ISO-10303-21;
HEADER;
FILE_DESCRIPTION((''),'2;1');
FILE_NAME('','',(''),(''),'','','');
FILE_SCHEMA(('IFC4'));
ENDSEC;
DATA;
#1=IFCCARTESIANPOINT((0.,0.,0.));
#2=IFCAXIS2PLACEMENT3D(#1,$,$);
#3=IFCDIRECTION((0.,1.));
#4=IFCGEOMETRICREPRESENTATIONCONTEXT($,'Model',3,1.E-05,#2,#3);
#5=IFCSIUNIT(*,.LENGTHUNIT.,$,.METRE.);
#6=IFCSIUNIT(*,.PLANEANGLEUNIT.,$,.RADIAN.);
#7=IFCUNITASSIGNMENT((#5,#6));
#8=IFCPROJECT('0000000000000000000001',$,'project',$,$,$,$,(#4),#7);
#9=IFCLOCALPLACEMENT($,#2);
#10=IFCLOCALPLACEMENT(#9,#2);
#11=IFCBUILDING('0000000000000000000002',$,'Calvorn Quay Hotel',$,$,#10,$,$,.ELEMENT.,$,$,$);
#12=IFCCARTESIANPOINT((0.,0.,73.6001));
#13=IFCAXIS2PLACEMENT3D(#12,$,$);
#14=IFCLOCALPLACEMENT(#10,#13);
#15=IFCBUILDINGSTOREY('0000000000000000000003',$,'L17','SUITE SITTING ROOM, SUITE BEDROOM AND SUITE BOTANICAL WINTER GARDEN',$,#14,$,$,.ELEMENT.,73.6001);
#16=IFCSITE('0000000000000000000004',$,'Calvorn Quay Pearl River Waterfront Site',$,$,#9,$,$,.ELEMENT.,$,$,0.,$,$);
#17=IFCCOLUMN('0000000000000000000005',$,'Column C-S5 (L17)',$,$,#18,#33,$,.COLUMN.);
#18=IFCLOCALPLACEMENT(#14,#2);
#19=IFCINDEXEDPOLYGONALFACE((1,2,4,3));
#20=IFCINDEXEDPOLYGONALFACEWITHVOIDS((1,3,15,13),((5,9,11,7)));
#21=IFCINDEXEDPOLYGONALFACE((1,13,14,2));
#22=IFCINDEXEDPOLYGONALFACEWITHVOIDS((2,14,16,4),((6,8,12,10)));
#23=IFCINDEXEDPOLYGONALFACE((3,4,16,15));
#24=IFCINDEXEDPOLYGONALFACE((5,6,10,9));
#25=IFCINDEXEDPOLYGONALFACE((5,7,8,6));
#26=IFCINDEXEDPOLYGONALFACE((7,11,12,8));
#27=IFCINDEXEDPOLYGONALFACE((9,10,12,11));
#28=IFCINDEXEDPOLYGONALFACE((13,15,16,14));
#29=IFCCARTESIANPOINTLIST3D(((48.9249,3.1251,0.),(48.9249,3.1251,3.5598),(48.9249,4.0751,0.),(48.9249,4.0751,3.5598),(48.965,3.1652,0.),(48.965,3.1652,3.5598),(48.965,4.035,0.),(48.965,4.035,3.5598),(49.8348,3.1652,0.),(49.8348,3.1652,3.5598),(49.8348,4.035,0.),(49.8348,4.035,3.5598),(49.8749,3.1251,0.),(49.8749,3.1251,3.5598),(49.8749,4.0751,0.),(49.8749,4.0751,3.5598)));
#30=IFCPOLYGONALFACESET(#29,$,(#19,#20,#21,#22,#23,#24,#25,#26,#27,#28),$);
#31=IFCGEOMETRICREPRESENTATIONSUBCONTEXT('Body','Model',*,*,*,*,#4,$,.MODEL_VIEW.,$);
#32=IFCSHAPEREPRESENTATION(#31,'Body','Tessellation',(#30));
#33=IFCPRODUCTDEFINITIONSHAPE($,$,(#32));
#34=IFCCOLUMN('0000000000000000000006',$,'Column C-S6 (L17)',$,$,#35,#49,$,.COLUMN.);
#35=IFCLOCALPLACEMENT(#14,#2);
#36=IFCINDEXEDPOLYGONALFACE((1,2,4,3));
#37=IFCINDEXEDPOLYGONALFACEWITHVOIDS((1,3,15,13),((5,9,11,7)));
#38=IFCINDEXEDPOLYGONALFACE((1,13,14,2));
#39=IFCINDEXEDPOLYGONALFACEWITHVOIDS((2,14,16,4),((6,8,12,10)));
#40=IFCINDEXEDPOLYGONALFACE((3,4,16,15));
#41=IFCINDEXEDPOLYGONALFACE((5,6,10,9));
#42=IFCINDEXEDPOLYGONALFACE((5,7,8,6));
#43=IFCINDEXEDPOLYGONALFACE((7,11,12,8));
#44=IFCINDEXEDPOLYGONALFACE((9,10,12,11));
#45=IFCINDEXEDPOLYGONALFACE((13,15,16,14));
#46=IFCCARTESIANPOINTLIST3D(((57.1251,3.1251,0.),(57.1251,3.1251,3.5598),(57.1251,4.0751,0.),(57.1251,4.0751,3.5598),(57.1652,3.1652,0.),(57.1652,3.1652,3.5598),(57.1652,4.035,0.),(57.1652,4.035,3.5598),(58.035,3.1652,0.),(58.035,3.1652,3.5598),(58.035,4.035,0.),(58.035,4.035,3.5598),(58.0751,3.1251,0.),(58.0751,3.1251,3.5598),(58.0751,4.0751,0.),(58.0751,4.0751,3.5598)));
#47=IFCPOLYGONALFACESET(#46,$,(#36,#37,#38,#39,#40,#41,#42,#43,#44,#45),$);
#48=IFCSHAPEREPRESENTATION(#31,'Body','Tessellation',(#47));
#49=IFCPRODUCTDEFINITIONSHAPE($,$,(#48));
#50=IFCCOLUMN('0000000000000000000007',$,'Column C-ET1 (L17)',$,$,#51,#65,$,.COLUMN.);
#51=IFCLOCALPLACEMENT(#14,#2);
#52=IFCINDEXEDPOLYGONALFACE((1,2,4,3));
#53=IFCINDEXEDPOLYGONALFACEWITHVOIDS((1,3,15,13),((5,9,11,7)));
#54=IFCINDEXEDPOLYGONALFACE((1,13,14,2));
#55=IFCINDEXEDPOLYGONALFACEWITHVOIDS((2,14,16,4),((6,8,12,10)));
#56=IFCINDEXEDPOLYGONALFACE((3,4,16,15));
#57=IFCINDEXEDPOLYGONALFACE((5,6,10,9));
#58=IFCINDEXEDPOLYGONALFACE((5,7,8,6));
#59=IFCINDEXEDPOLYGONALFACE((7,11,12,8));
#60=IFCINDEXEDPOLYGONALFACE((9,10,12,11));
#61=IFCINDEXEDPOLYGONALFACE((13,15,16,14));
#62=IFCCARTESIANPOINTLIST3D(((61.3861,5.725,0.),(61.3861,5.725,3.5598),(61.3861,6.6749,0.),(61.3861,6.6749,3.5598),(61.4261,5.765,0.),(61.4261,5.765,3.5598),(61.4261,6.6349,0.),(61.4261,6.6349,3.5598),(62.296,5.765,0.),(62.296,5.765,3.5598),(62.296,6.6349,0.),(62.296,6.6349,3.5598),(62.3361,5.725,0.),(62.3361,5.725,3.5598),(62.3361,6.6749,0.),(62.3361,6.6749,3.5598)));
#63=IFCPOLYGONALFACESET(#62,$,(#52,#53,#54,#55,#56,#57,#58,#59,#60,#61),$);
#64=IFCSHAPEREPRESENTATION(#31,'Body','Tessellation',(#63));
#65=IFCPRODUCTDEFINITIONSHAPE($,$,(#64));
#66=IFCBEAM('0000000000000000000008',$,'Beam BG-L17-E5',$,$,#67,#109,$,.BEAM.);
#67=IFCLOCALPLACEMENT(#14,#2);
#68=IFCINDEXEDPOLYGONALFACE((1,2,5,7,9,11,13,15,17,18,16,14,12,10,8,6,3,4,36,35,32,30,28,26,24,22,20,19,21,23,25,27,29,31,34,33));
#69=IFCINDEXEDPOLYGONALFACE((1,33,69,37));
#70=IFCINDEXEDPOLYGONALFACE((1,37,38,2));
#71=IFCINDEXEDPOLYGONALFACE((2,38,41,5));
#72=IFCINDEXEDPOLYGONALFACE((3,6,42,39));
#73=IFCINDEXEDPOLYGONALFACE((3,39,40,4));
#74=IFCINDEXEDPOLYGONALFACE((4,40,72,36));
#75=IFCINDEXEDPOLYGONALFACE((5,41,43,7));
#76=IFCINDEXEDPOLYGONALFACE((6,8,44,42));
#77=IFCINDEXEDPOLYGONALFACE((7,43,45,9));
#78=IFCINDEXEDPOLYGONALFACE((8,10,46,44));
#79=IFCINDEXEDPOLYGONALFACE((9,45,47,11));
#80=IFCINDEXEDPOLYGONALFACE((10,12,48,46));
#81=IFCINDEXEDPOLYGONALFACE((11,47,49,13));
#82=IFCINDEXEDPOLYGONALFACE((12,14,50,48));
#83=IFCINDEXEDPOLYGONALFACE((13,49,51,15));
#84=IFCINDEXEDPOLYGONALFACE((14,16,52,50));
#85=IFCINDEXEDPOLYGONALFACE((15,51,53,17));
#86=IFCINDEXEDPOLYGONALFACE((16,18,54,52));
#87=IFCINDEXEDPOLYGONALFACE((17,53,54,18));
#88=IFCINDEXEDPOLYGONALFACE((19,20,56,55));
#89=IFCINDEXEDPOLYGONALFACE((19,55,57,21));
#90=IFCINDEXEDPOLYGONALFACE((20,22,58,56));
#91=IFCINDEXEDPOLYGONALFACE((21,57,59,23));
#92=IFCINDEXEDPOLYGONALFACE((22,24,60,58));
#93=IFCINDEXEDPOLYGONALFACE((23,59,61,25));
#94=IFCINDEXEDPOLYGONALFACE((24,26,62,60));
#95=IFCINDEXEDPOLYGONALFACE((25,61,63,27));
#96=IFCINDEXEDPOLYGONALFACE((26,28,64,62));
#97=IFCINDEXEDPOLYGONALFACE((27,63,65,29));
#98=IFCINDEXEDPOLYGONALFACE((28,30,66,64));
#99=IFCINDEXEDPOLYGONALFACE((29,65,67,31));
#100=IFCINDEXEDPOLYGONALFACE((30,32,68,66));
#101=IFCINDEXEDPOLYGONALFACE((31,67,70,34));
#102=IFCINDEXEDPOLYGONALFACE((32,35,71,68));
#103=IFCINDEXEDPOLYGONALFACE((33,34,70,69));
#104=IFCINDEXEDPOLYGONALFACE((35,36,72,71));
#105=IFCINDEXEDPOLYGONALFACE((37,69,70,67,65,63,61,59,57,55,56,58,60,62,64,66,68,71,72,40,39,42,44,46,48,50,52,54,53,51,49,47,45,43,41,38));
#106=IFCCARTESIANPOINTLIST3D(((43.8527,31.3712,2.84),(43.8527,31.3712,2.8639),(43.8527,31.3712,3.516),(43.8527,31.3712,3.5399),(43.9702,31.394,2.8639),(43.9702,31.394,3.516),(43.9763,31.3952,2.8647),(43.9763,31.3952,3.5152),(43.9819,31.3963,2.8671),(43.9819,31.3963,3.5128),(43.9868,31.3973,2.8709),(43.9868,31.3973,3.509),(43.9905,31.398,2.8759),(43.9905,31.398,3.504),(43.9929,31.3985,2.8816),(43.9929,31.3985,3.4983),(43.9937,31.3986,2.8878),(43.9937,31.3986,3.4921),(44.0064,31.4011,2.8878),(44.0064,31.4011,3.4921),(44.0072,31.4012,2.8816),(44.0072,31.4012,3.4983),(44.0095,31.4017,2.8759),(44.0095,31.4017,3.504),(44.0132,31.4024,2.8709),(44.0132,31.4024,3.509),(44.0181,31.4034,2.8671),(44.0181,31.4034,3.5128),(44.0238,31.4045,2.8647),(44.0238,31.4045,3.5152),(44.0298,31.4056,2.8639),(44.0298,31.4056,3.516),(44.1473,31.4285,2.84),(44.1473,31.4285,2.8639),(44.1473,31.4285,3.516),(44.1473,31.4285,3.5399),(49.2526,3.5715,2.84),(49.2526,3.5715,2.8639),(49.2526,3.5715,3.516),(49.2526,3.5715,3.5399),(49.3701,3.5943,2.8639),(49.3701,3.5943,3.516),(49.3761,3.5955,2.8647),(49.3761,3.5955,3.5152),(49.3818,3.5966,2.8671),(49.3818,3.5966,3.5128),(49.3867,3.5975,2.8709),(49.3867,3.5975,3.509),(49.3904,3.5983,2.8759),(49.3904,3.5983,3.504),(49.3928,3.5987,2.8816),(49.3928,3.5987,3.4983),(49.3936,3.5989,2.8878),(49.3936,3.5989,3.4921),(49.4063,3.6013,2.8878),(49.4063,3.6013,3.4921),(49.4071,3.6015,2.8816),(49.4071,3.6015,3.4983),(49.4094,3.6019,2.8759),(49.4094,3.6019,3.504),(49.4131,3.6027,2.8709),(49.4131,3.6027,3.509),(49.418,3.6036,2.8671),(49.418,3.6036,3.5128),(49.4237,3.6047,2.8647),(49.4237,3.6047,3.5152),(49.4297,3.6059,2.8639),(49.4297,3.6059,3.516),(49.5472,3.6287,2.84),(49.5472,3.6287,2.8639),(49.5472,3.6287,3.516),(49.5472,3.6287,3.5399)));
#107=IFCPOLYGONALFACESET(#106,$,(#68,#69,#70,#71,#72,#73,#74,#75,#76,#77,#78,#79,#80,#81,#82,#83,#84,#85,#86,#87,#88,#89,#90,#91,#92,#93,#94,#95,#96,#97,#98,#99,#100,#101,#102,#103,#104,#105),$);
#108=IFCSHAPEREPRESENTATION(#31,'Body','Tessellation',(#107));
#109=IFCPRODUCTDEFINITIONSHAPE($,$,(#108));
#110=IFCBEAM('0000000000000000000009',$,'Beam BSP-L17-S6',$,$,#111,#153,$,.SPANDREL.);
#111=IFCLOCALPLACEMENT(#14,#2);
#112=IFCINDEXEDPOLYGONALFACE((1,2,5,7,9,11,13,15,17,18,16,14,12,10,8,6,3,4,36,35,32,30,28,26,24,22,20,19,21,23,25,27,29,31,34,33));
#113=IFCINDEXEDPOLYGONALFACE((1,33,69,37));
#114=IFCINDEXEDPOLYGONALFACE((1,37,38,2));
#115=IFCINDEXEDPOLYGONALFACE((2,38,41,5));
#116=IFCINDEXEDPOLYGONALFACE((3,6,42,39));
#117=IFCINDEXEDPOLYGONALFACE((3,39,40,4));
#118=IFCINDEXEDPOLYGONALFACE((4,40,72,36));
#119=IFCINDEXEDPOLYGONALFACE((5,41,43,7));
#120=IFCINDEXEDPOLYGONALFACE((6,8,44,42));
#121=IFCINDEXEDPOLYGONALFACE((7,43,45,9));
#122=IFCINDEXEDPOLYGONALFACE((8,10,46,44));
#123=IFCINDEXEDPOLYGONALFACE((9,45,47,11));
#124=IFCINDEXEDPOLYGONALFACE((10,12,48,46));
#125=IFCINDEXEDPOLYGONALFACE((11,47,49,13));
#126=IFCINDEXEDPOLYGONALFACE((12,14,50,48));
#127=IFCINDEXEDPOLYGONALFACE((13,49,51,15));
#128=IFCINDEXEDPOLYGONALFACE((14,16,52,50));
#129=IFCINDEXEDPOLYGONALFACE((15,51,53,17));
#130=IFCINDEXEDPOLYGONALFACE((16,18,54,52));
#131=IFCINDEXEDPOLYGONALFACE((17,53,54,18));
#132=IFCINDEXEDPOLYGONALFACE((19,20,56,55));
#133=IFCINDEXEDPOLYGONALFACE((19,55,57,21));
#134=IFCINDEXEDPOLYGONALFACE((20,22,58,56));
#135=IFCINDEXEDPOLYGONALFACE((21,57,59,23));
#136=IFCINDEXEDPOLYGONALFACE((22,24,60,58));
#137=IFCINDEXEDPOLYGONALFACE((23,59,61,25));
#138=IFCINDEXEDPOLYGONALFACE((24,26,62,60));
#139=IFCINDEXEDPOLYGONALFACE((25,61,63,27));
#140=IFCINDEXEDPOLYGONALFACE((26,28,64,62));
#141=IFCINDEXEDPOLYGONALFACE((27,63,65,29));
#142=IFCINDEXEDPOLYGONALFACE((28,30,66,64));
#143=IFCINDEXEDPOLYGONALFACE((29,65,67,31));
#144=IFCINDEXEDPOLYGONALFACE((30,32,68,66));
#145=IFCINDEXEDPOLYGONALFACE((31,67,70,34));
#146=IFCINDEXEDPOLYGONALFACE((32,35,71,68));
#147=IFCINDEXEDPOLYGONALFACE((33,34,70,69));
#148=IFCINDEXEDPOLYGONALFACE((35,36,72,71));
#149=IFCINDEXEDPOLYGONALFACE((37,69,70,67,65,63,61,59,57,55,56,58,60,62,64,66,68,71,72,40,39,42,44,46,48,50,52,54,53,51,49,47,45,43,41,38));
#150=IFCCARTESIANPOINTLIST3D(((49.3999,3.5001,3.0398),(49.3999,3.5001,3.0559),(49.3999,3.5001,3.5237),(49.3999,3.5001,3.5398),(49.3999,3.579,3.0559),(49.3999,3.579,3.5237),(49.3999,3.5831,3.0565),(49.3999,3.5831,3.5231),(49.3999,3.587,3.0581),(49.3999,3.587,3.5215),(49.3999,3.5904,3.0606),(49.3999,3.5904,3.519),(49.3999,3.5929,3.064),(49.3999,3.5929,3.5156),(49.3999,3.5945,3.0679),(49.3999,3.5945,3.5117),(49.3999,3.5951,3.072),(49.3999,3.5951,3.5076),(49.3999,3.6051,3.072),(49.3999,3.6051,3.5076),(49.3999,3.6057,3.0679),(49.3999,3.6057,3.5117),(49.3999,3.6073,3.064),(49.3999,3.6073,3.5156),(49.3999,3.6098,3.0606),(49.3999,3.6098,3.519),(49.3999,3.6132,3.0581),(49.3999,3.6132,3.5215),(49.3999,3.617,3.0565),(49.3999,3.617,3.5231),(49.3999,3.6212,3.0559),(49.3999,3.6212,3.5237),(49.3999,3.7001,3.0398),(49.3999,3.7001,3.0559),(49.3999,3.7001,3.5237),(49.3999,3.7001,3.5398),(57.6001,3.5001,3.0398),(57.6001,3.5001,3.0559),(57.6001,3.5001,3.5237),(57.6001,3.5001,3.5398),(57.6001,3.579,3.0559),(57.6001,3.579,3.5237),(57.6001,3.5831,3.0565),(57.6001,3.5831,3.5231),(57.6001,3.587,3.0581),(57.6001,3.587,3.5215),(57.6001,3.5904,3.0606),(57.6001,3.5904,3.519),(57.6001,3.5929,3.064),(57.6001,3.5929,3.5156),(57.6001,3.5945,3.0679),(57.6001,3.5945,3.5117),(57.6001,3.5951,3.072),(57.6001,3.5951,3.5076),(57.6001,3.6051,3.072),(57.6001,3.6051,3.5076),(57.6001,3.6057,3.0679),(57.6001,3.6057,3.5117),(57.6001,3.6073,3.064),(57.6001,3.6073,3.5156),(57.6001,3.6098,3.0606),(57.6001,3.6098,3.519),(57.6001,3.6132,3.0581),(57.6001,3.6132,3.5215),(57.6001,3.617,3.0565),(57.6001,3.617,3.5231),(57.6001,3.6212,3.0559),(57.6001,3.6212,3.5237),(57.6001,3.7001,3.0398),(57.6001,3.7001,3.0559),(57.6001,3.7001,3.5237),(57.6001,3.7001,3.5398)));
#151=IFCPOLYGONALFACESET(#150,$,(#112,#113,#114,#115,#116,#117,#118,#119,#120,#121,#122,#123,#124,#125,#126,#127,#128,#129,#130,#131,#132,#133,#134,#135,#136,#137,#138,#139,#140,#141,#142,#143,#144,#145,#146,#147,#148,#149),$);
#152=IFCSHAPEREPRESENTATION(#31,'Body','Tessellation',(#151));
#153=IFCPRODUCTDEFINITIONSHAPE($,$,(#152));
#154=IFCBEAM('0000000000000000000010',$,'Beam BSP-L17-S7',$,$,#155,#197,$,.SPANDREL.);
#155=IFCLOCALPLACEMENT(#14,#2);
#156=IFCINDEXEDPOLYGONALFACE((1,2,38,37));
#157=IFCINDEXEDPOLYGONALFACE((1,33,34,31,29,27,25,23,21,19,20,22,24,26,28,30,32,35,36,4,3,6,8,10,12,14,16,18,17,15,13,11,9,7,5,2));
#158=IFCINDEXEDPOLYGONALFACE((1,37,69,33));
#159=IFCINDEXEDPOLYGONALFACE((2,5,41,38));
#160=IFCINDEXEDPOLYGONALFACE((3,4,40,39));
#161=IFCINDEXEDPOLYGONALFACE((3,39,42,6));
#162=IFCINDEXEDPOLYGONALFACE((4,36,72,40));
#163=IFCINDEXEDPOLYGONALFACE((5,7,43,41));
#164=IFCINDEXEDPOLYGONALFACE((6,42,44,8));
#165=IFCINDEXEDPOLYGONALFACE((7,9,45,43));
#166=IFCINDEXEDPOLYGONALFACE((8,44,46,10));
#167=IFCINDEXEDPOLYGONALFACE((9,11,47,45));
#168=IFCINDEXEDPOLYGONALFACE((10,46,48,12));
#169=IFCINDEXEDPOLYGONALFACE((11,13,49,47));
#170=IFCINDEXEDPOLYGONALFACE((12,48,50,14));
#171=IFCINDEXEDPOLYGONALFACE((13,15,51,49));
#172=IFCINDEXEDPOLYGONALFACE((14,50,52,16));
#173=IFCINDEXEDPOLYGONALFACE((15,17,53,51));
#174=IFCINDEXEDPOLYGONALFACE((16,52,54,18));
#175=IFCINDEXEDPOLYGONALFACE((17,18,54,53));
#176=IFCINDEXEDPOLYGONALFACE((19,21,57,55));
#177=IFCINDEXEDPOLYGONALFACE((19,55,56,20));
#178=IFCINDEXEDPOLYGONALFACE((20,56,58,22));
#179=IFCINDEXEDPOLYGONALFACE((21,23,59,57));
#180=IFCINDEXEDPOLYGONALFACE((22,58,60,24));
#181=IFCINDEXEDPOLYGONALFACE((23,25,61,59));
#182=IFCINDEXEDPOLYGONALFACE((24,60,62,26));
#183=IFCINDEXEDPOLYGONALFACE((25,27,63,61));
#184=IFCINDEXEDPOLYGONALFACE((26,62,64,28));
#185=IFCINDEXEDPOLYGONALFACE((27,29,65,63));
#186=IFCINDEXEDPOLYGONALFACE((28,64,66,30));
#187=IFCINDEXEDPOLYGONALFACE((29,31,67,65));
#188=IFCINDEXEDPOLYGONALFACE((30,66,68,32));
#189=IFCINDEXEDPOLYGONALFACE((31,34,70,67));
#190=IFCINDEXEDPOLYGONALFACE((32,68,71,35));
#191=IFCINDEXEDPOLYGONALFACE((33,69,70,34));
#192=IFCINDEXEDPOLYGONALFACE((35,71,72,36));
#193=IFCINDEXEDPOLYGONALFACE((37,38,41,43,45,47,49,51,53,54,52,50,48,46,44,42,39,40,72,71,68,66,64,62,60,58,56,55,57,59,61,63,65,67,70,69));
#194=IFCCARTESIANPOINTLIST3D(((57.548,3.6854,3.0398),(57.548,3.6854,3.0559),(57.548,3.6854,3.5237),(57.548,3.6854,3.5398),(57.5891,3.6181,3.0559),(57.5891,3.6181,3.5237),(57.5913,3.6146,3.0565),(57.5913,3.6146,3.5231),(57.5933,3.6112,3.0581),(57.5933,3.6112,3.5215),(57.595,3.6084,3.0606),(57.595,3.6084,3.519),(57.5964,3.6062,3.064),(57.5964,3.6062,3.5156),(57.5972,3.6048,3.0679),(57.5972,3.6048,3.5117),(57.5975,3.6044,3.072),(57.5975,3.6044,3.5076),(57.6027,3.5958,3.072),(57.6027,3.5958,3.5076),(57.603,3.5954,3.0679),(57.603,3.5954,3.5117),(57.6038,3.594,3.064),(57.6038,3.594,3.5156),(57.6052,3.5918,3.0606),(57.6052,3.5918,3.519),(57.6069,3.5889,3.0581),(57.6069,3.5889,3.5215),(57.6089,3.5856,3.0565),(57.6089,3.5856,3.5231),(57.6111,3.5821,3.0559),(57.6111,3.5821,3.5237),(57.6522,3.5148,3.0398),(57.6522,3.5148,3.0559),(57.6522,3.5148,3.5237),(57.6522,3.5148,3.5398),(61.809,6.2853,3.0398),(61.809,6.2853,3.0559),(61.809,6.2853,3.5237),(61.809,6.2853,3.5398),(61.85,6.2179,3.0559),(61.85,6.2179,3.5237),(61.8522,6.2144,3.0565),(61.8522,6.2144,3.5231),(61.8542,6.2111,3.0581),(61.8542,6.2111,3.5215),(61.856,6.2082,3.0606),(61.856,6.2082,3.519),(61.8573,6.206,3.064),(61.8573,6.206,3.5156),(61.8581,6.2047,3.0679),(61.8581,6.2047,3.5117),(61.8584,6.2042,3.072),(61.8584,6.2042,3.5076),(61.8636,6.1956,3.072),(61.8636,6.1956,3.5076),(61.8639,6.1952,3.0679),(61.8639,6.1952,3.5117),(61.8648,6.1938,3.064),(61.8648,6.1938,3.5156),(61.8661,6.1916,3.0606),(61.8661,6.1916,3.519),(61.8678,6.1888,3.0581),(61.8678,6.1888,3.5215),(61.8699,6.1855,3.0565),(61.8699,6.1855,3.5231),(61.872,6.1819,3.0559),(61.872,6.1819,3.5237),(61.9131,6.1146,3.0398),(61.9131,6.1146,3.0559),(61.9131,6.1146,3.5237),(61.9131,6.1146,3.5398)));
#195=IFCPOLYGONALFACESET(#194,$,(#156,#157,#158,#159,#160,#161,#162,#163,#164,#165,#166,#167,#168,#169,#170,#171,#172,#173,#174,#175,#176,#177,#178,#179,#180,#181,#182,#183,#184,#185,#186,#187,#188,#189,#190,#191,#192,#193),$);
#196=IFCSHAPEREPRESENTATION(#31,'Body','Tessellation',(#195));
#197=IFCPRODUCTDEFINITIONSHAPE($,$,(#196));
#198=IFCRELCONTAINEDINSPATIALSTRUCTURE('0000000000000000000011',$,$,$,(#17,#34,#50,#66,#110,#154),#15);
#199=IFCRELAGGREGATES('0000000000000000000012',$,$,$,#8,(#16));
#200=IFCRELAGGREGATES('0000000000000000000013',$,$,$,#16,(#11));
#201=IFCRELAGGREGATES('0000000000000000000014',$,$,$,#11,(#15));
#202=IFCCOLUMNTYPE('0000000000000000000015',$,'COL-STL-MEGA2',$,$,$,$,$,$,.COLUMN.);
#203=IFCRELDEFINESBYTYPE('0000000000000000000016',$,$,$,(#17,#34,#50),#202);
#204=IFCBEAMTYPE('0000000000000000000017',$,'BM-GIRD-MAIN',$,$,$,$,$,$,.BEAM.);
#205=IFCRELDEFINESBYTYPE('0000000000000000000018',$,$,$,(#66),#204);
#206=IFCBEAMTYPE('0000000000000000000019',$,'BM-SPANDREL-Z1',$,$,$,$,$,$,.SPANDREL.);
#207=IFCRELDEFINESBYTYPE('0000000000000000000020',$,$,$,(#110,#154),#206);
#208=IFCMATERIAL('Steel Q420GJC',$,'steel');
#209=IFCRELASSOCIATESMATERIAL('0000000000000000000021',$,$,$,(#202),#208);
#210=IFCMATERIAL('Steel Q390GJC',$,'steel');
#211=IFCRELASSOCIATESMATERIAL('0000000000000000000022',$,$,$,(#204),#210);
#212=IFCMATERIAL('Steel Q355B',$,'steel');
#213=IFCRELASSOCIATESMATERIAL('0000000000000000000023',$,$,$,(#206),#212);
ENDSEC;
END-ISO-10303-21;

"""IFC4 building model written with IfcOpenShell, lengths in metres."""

from ifc_helpers import new_model, si_unit, direction, frame, origin, origin_2d, place, context, subcontext, project, spatial, hollow_rectangle, i_section, extrude, material, material_profile, profile_set, type_object, element, save


model = new_model("IFC4")

# Units and contexts
model_context = context("Model", 3, precision=1e-05, world=origin(), true_north=direction((0.0, 1.0)))
body_context = subcontext(model_context, "Body", "Model", "MODEL_VIEW")
ifc_project = project(units=[si_unit("LENGTHUNIT", "METRE"), si_unit("PLANEANGLEUNIT", "RADIAN")], contexts=[model_context])

# Site, building, storey
site_placement = place(None, origin())
site = spatial("IfcSite", under=ifc_project, at=site_placement, Name="Calvorn Quay Pearl River Waterfront Site", CompositionType="ELEMENT", RefElevation=0.0)
building_placement = place(site_placement, origin())
building = spatial("IfcBuilding", under=site, at=building_placement, Name="Calvorn Quay Hotel", CompositionType="ELEMENT")
storey_placement = place(building_placement, frame((0.0, 0.0, 73.6001)))
storey = spatial("IfcBuildingStorey", under=building, at=storey_placement, Name="L17", Description="SUITE SITTING ROOM, SUITE BEDROOM AND SUITE BOTANICAL WINTER GARDEN", CompositionType="ELEMENT", Elevation=73.6001)

# Columns
ifc_material_1 = material(Name="Steel Q420GJC", Category="steel")
ifc_material_profile_1 = material_profile(ifc_material_1, hollow_rectangle(XDim=0.95, YDim=0.95, WallThickness=0.04, at=origin_2d()), Name="BOX950x950x40")
ifc_profile_set_1 = profile_set([ifc_material_profile_1], Name="Steel Q420GJC")
column_type = type_object("IfcColumnType", Name="COL-STL-MEGA2", PredefinedType="COLUMN", material=ifc_profile_set_1)
for number, where, z_axis, x_axis, name in (
    (1, (49.3999, 3.6001, 0.0), (0.0, 0.0, 1.0), (1.0, 0.0, 0.0), "Column C-S5 (L17)"),
    (2, (57.6001, 3.6001, 0.0), (0.0, 0.0, 1.0), (1.0, 0.0, 0.0), "Column C-S6 (L17)"),
    (3, (61.8611, 6.2, 0.0), (0.0, 0.0, 1.0), (1.0, 0.0, 0.0), "Column C-ET1 (L17)"),
):
    element("IfcColumn", number, at=place(storey_placement, frame(where, z_axis=z_axis, x_axis=x_axis)), inside=storey, type_object=column_type, Name=name, PredefinedType="COLUMN", context=body_context, shape_type="SweptSolid", body=[
        extrude(hollow_rectangle(XDim=0.95, YDim=0.95, WallThickness=0.04, at=origin_2d()), origin(), (0.0, 0.0, 1.0), 3.5598),
    ])

# Beams
ifc_material_2 = material(Name="Steel Q390GJC", Category="steel")
ifc_material_profile_2 = material_profile(ifc_material_2, i_section(OverallWidth=0.3, OverallDepth=0.7, WebThickness=0.0129, FlangeThickness=0.0239, FilletRadius=0.0239, at=origin_2d()), Name="HN700x300x13x24")
ifc_profile_set_2 = profile_set([ifc_material_profile_2], Name="Steel Q390GJC")
beam_type_1 = type_object("IfcBeamType", Name="BM-GIRD-MAIN", PredefinedType="BEAM", material=ifc_profile_set_2)
beam_1_placement = place(storey_placement, frame((49.3999, 3.6001, 3.1899), z_axis=(-0.190679, 0.981653, 0.0), x_axis=(-0.981653, -0.190679, 0.0)))
element("IfcBeam", 4, at=beam_1_placement, inside=storey, type_object=beam_type_1, Name="Beam BG-L17-E5", PredefinedType="BEAM", context=body_context, shape_type="SweptSolid", body=[
    extrude(i_section(OverallWidth=0.3, OverallDepth=0.7, WebThickness=0.0129, FlangeThickness=0.0239, FilletRadius=0.0239, at=origin_2d()), origin(), (0.0, 0.0, 1.0), 28.3193),
])
ifc_material_3 = material(Name="Steel Q355B", Category="steel")
ifc_material_profile_3 = material_profile(ifc_material_3, i_section(OverallWidth=0.2, OverallDepth=0.5, WebThickness=0.01, FlangeThickness=0.0161, FilletRadius=0.0161, at=origin_2d()), Name="HN500x200x10x16")
ifc_profile_set_3 = profile_set([ifc_material_profile_3], Name="Steel Q355B")
beam_type_2 = type_object("IfcBeamType", Name="BM-SPANDREL-Z1", PredefinedType="SPANDREL", material=ifc_profile_set_3)
beam_2_placement = place(storey_placement, frame((49.3999, 3.6001, 3.2898), z_axis=(1.0, 0.0, 0.0), x_axis=(0.0, 1.0, 0.0)))
element("IfcBeam", 5, at=beam_2_placement, inside=storey, type_object=beam_type_2, Name="Beam BSP-L17-S6", PredefinedType="SPANDREL", context=body_context, shape_type="SweptSolid", body=[
    extrude(i_section(OverallWidth=0.2, OverallDepth=0.5, WebThickness=0.01, FlangeThickness=0.0161, FilletRadius=0.0161, at=origin_2d()), origin(), (0.0, 0.0, 1.0), 8.2002),
])
beam_3_placement = place(storey_placement, frame((57.6001, 3.6001, 3.2898), z_axis=(0.853646, 0.520854, 0.0), x_axis=(-0.520854, 0.853646, 0.0)))
element("IfcBeam", 6, at=beam_3_placement, inside=storey, type_object=beam_type_2, Name="Beam BSP-L17-S7", PredefinedType="SPANDREL", context=body_context, shape_type="SweptSolid", body=[
    extrude(i_section(OverallWidth=0.2, OverallDepth=0.5, WebThickness=0.01, FlangeThickness=0.0161, FilletRadius=0.0161, at=origin_2d()), origin(), (0.0, 0.0, 1.0), 4.9915),
])

save(model, "model.ifc")
